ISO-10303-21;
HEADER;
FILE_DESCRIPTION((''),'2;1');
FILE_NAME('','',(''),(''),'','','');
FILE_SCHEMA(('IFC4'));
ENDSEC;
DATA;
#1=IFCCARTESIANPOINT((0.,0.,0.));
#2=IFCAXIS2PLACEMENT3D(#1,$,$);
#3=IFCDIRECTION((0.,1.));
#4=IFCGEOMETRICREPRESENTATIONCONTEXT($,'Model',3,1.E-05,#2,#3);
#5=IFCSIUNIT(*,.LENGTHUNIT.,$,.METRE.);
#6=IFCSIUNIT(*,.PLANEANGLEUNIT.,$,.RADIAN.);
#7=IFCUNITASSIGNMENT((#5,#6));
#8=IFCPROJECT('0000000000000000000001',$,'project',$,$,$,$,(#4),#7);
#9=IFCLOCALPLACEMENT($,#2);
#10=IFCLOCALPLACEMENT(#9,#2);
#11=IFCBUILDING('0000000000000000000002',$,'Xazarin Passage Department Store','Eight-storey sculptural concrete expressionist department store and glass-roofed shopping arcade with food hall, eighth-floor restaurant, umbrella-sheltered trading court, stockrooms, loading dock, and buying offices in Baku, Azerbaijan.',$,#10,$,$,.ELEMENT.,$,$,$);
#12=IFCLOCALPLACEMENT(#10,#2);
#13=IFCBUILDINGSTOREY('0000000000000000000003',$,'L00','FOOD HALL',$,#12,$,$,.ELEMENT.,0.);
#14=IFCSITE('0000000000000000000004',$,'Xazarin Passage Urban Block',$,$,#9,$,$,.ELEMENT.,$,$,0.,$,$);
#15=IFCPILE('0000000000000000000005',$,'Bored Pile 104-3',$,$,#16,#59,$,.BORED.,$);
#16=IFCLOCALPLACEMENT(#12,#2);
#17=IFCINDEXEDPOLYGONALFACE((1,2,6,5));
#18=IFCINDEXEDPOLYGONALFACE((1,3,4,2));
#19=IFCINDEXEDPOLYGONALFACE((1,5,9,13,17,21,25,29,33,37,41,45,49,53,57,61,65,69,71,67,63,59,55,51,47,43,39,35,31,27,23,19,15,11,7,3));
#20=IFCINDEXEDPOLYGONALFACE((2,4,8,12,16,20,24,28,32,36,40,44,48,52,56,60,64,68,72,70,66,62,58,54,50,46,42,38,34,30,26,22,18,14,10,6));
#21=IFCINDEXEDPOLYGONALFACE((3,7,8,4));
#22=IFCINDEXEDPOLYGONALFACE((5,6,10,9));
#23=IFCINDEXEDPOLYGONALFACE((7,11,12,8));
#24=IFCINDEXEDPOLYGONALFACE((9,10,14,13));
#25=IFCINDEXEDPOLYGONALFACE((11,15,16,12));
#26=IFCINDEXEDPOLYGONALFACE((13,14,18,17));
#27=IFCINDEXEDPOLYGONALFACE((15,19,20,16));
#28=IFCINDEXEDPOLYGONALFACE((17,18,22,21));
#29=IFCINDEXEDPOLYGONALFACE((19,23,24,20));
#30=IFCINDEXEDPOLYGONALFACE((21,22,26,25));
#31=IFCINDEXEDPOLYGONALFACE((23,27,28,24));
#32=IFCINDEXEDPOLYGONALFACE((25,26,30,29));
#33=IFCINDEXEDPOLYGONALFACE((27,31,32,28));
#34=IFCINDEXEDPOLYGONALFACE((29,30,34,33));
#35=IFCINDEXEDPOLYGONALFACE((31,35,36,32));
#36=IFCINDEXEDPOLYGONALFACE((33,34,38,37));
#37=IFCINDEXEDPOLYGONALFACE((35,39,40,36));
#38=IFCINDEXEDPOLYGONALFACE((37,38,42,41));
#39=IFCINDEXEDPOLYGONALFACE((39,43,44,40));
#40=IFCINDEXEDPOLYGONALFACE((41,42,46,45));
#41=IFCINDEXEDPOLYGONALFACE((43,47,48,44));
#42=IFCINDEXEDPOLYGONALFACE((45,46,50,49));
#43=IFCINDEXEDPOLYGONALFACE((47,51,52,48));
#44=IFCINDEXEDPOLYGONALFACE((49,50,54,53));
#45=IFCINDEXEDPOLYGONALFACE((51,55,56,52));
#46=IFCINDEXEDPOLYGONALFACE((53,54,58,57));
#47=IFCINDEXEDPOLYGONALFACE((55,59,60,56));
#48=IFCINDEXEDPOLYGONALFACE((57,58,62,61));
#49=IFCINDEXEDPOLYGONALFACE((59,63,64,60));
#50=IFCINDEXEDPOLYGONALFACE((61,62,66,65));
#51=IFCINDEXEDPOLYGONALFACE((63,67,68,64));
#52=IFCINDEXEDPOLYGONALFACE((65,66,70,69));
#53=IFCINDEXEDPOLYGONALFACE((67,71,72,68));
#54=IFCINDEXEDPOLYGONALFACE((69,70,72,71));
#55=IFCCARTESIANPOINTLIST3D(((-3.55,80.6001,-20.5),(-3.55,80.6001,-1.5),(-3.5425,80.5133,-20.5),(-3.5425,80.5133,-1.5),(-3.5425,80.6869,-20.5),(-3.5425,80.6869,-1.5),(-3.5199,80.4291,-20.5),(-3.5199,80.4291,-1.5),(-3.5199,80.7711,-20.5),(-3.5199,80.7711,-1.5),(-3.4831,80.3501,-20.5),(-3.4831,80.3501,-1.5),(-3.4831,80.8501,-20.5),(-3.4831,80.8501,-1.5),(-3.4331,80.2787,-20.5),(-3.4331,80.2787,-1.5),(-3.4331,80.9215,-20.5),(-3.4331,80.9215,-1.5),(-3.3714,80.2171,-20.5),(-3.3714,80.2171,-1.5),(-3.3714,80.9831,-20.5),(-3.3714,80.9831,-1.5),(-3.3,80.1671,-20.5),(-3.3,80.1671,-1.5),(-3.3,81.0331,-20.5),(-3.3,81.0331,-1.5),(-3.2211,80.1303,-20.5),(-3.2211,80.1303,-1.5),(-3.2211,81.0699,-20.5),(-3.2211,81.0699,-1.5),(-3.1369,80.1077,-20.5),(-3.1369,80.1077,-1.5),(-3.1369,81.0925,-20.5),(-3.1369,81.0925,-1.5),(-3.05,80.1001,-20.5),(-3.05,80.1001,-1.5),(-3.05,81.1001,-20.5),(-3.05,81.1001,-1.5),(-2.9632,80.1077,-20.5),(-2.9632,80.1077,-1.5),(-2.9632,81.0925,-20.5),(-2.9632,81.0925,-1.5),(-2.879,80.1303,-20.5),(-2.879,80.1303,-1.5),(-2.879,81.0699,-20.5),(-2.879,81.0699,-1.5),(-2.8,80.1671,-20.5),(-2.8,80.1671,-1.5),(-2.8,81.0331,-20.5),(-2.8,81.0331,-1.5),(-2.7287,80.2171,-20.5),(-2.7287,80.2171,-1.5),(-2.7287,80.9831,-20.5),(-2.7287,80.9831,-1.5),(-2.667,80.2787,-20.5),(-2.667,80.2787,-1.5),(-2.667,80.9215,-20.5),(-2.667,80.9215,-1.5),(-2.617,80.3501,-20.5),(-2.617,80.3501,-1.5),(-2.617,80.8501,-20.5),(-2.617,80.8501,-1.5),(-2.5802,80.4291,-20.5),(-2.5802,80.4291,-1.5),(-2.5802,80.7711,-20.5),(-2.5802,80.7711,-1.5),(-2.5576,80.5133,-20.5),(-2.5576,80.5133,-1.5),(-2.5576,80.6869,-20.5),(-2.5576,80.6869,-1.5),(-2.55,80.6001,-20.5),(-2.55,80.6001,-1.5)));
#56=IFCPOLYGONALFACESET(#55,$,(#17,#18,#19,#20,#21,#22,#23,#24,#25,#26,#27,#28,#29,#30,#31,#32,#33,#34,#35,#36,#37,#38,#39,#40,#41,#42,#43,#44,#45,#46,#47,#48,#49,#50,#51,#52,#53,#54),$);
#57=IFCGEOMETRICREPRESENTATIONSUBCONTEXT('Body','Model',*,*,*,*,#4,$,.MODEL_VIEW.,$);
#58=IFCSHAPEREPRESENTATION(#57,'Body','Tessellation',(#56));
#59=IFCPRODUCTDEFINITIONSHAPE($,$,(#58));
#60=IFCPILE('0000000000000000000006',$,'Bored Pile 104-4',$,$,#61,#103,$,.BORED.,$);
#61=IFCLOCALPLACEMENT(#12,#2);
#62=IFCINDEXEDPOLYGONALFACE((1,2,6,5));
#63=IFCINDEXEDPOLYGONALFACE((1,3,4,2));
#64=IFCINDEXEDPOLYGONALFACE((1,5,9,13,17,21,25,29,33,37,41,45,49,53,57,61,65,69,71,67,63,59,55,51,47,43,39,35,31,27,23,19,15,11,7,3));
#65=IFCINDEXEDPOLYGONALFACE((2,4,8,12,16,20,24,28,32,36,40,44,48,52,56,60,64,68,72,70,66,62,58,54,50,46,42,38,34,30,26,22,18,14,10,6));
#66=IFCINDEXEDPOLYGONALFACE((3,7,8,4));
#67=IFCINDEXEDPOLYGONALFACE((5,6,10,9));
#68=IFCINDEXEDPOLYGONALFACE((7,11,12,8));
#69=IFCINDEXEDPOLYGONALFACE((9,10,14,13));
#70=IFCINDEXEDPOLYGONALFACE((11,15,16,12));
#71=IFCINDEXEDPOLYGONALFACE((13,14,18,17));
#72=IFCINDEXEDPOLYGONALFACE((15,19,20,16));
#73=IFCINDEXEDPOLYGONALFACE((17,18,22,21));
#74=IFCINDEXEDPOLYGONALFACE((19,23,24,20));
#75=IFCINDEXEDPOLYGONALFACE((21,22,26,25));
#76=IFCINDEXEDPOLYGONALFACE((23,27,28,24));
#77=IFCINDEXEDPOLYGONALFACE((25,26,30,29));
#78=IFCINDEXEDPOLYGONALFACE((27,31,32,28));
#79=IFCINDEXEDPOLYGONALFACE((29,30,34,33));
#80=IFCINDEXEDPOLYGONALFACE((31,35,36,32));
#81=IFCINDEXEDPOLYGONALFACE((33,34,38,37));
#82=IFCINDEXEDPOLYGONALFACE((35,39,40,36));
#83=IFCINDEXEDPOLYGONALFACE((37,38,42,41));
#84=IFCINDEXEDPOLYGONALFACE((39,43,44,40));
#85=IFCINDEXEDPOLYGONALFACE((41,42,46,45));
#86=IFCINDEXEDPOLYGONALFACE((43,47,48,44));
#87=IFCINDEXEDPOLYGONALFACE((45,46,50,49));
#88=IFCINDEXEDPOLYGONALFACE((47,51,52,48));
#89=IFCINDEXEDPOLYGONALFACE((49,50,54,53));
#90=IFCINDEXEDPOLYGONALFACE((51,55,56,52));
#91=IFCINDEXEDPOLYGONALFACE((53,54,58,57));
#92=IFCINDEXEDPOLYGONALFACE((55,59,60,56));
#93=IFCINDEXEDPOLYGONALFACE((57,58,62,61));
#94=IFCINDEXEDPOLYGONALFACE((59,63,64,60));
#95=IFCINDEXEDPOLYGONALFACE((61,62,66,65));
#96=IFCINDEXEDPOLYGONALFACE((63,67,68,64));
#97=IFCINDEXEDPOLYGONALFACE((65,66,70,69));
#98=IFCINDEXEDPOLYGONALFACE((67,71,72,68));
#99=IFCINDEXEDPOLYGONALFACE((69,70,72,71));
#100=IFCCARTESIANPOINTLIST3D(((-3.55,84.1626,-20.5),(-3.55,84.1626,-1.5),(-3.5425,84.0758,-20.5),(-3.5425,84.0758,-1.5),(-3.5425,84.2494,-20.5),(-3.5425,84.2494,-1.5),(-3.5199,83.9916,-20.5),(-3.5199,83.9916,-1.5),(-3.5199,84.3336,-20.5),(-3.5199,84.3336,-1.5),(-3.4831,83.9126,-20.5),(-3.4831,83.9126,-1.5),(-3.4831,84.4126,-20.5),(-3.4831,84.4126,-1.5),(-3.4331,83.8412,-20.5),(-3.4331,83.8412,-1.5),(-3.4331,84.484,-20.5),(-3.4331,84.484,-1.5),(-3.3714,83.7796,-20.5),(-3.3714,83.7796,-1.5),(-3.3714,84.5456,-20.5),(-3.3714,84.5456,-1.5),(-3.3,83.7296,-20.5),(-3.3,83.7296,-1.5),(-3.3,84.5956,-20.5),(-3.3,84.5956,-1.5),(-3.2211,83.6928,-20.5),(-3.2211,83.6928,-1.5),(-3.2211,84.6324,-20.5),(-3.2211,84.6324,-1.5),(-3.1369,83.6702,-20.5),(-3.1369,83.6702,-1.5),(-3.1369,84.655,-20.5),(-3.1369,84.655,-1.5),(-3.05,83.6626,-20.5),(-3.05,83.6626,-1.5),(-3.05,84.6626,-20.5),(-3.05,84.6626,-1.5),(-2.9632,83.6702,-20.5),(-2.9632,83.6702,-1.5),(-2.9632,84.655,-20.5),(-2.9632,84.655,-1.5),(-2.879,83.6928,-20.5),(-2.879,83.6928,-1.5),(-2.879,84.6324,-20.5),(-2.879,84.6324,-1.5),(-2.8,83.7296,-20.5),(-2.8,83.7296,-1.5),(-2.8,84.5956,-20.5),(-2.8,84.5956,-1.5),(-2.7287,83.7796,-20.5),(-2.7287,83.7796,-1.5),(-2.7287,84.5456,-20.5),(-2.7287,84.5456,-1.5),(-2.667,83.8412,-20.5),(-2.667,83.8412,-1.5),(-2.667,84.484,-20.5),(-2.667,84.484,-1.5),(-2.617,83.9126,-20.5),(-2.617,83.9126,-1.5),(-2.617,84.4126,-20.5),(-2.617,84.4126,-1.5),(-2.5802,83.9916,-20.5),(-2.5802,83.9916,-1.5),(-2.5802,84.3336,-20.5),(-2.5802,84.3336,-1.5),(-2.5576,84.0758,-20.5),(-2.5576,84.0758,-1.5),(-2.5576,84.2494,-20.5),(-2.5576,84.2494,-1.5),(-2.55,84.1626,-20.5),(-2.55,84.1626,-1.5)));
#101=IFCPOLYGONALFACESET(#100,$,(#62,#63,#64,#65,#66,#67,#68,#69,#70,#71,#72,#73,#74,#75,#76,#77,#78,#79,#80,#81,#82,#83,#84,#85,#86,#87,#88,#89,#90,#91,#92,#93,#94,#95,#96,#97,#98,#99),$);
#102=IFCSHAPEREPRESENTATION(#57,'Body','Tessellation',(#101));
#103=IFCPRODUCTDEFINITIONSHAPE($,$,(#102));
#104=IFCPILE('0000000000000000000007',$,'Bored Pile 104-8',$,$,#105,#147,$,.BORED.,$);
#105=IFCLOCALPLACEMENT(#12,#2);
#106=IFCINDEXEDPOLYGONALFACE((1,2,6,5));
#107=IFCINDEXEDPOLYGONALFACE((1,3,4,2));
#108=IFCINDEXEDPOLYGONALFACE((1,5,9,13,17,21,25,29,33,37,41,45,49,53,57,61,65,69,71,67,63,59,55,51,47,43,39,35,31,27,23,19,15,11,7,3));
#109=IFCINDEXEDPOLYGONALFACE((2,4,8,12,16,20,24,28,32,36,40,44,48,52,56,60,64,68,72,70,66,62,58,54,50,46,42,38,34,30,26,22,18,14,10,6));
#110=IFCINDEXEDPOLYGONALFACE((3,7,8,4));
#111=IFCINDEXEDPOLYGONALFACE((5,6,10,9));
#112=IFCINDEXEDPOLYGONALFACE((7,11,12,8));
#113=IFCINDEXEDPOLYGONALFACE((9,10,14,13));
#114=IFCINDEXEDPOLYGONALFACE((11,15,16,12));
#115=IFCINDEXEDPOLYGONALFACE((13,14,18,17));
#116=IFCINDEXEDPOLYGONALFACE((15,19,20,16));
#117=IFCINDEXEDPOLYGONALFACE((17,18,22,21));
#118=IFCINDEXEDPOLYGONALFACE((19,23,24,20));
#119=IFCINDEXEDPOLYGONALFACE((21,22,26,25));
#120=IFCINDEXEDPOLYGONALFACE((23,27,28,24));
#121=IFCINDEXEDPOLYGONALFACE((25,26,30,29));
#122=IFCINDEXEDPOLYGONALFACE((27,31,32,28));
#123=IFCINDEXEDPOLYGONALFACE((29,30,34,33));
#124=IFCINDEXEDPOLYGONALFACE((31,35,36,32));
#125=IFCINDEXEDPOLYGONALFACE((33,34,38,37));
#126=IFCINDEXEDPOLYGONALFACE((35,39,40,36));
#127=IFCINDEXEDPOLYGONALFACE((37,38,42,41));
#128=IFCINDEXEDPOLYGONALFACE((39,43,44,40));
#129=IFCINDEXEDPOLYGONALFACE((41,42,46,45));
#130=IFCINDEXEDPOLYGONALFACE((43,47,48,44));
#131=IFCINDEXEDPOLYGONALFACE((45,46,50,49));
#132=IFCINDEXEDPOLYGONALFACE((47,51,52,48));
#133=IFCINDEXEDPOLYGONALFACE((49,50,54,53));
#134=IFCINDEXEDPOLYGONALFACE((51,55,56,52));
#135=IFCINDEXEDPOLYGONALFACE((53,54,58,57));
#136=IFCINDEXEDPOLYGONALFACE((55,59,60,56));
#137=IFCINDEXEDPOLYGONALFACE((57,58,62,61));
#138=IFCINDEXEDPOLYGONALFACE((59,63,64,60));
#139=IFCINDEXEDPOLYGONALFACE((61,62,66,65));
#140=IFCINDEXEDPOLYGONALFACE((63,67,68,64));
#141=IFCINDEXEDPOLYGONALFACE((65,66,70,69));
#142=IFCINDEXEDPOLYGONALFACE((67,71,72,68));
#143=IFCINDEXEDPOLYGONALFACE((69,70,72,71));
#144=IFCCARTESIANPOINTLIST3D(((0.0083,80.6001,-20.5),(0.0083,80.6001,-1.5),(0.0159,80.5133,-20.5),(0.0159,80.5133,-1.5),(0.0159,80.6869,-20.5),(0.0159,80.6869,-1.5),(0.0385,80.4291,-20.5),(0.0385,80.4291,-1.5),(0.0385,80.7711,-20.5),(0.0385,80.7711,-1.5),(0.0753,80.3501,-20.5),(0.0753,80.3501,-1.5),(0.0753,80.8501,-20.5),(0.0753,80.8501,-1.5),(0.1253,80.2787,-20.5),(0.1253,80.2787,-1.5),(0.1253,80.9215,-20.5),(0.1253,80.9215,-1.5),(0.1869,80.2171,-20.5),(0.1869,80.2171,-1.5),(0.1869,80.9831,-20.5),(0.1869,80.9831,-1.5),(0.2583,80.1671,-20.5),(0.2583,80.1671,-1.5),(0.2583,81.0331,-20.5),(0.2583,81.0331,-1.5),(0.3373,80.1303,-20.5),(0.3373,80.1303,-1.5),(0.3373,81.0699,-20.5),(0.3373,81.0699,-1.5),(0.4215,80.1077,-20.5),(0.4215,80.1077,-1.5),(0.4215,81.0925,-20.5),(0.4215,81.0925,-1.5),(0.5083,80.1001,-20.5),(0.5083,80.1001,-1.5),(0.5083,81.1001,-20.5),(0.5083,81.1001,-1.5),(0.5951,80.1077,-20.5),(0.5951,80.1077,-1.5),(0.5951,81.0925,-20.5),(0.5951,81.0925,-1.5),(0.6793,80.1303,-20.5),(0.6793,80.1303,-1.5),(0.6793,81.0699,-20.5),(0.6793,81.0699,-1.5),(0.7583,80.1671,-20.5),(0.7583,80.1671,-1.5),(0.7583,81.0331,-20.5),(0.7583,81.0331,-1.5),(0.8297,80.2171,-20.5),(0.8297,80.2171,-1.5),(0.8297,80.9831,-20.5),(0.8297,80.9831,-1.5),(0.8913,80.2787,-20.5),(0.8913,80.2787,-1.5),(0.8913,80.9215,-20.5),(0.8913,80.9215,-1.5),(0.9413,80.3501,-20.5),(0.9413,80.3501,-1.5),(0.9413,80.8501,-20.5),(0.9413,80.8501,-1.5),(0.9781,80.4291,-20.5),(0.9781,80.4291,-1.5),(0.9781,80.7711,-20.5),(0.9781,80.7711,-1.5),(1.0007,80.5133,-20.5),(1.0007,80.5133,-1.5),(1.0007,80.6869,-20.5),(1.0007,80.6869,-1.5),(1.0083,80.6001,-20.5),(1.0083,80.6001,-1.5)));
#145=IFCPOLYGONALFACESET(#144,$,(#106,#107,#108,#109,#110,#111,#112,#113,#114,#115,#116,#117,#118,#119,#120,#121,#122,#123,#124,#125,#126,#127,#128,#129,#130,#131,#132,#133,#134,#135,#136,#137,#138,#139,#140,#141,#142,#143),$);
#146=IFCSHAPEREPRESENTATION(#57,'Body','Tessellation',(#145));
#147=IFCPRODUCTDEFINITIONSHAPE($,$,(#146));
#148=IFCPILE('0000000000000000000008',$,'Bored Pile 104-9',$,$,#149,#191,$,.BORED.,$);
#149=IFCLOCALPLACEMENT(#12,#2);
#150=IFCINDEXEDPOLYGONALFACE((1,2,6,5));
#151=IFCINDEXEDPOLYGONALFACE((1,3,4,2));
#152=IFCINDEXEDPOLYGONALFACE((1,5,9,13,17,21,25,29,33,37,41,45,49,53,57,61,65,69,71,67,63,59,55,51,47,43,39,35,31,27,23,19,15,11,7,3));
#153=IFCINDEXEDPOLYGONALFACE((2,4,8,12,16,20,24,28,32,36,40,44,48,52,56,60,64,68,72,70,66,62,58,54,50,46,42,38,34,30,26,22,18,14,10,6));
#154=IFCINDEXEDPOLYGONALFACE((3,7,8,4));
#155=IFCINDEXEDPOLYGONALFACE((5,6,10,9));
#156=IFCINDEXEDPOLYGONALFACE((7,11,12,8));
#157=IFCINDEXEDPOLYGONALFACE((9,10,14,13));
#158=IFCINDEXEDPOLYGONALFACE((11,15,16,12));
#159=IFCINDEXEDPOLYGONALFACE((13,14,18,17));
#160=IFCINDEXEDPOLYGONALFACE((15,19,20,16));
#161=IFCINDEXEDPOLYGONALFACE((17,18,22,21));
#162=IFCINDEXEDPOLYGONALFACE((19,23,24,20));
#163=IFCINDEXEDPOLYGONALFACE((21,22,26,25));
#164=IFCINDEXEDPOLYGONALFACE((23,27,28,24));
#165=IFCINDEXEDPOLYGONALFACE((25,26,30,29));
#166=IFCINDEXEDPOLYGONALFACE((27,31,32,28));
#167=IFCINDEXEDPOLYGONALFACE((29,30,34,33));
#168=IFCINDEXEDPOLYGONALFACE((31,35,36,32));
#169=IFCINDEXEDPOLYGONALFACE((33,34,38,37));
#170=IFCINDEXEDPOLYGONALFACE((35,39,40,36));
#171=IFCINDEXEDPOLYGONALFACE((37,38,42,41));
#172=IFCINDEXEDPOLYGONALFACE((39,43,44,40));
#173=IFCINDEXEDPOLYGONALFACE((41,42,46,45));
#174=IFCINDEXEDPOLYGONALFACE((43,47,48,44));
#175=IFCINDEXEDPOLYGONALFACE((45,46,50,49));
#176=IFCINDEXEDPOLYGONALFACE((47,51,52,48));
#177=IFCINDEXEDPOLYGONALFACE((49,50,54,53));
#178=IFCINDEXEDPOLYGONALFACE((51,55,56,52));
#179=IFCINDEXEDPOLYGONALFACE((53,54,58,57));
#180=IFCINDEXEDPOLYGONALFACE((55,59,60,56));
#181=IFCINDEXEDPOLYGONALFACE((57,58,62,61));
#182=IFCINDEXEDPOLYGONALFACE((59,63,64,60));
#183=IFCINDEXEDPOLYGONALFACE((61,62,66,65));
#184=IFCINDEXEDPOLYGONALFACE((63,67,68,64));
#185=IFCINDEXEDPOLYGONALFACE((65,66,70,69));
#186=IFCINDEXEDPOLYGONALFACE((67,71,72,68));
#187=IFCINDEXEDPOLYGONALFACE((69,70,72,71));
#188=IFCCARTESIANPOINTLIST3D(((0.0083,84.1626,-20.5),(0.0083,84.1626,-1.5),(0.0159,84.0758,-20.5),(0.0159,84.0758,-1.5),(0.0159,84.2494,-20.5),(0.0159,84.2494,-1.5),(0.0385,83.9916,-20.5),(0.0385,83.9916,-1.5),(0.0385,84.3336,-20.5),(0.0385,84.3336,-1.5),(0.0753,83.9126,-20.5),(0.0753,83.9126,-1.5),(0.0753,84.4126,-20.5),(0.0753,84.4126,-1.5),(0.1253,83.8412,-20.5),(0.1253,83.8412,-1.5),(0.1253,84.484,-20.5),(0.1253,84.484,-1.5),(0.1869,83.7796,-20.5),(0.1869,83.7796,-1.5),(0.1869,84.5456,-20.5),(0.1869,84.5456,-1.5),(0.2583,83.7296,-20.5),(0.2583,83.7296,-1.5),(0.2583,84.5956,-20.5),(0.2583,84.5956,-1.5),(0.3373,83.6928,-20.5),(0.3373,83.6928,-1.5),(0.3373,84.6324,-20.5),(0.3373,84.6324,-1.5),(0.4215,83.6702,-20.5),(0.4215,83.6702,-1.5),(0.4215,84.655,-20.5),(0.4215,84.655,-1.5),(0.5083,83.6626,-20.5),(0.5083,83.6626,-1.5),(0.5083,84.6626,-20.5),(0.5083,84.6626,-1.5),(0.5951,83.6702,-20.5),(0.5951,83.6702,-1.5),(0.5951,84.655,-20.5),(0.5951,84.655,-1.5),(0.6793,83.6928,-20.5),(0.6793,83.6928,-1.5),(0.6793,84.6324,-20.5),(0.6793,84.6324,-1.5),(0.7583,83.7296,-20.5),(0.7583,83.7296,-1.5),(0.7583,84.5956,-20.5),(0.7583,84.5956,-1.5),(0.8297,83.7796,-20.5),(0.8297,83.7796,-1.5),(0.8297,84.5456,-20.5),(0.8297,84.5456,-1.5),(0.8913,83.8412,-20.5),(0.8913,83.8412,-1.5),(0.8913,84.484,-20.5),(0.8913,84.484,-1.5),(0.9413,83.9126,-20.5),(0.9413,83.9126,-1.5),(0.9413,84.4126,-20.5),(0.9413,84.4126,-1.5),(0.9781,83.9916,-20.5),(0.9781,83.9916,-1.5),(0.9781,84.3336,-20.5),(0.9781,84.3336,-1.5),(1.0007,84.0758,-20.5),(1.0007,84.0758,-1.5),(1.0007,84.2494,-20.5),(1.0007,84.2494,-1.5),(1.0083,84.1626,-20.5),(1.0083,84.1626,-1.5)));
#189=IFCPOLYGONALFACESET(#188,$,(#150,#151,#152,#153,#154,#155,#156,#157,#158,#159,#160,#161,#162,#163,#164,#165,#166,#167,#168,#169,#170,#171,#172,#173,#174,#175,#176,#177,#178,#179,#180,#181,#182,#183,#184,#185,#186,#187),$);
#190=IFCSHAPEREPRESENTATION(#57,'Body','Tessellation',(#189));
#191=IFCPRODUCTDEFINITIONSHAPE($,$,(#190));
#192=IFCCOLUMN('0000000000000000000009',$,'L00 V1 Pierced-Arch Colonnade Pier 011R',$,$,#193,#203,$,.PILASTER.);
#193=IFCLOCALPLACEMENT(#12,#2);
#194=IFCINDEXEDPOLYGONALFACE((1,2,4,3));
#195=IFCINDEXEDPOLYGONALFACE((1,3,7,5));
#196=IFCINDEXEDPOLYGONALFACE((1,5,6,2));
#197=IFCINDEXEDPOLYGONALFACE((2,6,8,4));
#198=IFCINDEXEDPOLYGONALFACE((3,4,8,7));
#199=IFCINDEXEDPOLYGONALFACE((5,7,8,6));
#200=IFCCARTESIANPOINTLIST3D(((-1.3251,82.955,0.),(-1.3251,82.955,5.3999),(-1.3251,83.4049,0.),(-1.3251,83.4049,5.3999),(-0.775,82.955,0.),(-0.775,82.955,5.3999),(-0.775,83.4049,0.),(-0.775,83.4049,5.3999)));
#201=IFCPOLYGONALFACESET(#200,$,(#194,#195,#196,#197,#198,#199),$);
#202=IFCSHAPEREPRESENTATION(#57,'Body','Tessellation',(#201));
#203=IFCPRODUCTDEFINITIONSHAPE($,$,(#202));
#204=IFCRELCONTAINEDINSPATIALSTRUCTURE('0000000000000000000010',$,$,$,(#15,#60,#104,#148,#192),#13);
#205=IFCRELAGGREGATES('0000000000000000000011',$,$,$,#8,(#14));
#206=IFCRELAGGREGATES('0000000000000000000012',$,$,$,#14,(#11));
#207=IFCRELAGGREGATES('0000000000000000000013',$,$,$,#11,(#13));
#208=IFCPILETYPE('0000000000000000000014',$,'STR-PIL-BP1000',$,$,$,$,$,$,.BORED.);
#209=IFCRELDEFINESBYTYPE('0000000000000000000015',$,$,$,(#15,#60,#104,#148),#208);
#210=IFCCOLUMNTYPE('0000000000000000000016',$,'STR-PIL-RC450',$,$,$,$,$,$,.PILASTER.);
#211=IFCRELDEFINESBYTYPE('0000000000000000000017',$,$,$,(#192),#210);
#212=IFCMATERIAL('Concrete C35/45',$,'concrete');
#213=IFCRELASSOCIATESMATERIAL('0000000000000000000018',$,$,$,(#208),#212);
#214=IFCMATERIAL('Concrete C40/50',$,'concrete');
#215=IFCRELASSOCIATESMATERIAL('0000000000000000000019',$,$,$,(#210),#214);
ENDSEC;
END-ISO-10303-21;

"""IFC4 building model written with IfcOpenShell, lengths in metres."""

from ifc_helpers import new_model, si_unit, direction, frame, origin, origin_2d, place, context, subcontext, project, spatial, rectangle, circle, extrude, material, material_profile, profile_set, type_object, element, save


model = new_model("IFC4")

# Units and contexts
model_context = context("Model", 3, precision=1e-05, world=origin(), true_north=direction((0.0, 1.0)))
body_context = subcontext(model_context, "Body", "Model", "MODEL_VIEW")
ifc_project = project(units=[si_unit("LENGTHUNIT", "METRE"), si_unit("PLANEANGLEUNIT", "RADIAN")], contexts=[model_context])

# Site, building, storey
site_placement = place(None, origin())
site = spatial("IfcSite", under=ifc_project, at=site_placement, Name="Xazarin Passage Urban Block", CompositionType="ELEMENT", RefElevation=0.0)
building_placement = place(site_placement, origin())
building = spatial("IfcBuilding", under=site, at=building_placement, Name="Xazarin Passage Department Store", Description="Eight-storey sculptural concrete expressionist department store and glass-roofed shopping arcade with food hall, eighth-floor restaurant, umbrella-sheltered trading court, stockrooms, loading dock, and buying offices in Baku, Azerbaijan.", CompositionType="ELEMENT")
storey_placement = place(building_placement, origin())
storey = spatial("IfcBuildingStorey", under=building, at=storey_placement, Name="L00", Description="FOOD HALL", CompositionType="ELEMENT", Elevation=0.0)

# Piles
ifc_material_1 = material(Name="Concrete C35/45", Category="concrete")
ifc_material_profile_1 = material_profile(ifc_material_1, circle(Radius=0.5, at=origin_2d()), Name="BP 1000")
ifc_profile_set_1 = profile_set([ifc_material_profile_1], Name="Concrete C35/45")
pile_type = type_object("IfcPileType", Name="STR-PIL-BP1000", PredefinedType="BORED", material=ifc_profile_set_1)
for number, where, z_axis, x_axis, name in (
    (1, (-3.05, 80.6001, -1.5), (0.0, 0.0, -1.0), (1.0, 0.0, 0.0), "Bored Pile 104-3"),
    (2, (-3.05, 84.1626, -1.5), (0.0, 0.0, -1.0), (1.0, 0.0, 0.0), "Bored Pile 104-4"),
    (3, (0.5083, 80.6001, -1.5), (0.0, 0.0, -1.0), (1.0, 0.0, 0.0), "Bored Pile 104-8"),
    (4, (0.5083, 84.1626, -1.5), (0.0, 0.0, -1.0), (1.0, 0.0, 0.0), "Bored Pile 104-9"),
):
    element("IfcPile", number, at=place(storey_placement, frame(where, z_axis=z_axis, x_axis=x_axis)), inside=storey, type_object=pile_type, Name=name, PredefinedType="BORED", context=body_context, shape_type="SweptSolid", body=[
        extrude(circle(Radius=0.5, at=origin_2d()), origin(), (0.0, 0.0, 1.0), 19.0),
    ])

# Column
ifc_material_2 = material(Name="Concrete C40/50", Category="concrete")
ifc_material_profile_2 = material_profile(ifc_material_2, rectangle(XDim=0.45, YDim=0.55, at=origin_2d()), Name="RC 450x550")
ifc_profile_set_2 = profile_set([ifc_material_profile_2], Name="Concrete C40/50")
column_type = type_object("IfcColumnType", Name="STR-PIL-RC450", PredefinedType="PILASTER", material=ifc_profile_set_2)
column_placement = place(storey_placement, frame((-1.05, 83.1799, 0.0), z_axis=(0.0, 0.0, 1.0), x_axis=(0.0, 1.0, 0.0)))
element("IfcColumn", 5, at=column_placement, inside=storey, type_object=column_type, Name="L00 V1 Pierced-Arch Colonnade Pier 011R", PredefinedType="PILASTER", context=body_context, shape_type="SweptSolid", body=[
    extrude(rectangle(XDim=0.45, YDim=0.55, at=origin_2d()), origin(), (0.0, 0.0, 1.0), 5.3999),
])

save(model, "model.ifc")
